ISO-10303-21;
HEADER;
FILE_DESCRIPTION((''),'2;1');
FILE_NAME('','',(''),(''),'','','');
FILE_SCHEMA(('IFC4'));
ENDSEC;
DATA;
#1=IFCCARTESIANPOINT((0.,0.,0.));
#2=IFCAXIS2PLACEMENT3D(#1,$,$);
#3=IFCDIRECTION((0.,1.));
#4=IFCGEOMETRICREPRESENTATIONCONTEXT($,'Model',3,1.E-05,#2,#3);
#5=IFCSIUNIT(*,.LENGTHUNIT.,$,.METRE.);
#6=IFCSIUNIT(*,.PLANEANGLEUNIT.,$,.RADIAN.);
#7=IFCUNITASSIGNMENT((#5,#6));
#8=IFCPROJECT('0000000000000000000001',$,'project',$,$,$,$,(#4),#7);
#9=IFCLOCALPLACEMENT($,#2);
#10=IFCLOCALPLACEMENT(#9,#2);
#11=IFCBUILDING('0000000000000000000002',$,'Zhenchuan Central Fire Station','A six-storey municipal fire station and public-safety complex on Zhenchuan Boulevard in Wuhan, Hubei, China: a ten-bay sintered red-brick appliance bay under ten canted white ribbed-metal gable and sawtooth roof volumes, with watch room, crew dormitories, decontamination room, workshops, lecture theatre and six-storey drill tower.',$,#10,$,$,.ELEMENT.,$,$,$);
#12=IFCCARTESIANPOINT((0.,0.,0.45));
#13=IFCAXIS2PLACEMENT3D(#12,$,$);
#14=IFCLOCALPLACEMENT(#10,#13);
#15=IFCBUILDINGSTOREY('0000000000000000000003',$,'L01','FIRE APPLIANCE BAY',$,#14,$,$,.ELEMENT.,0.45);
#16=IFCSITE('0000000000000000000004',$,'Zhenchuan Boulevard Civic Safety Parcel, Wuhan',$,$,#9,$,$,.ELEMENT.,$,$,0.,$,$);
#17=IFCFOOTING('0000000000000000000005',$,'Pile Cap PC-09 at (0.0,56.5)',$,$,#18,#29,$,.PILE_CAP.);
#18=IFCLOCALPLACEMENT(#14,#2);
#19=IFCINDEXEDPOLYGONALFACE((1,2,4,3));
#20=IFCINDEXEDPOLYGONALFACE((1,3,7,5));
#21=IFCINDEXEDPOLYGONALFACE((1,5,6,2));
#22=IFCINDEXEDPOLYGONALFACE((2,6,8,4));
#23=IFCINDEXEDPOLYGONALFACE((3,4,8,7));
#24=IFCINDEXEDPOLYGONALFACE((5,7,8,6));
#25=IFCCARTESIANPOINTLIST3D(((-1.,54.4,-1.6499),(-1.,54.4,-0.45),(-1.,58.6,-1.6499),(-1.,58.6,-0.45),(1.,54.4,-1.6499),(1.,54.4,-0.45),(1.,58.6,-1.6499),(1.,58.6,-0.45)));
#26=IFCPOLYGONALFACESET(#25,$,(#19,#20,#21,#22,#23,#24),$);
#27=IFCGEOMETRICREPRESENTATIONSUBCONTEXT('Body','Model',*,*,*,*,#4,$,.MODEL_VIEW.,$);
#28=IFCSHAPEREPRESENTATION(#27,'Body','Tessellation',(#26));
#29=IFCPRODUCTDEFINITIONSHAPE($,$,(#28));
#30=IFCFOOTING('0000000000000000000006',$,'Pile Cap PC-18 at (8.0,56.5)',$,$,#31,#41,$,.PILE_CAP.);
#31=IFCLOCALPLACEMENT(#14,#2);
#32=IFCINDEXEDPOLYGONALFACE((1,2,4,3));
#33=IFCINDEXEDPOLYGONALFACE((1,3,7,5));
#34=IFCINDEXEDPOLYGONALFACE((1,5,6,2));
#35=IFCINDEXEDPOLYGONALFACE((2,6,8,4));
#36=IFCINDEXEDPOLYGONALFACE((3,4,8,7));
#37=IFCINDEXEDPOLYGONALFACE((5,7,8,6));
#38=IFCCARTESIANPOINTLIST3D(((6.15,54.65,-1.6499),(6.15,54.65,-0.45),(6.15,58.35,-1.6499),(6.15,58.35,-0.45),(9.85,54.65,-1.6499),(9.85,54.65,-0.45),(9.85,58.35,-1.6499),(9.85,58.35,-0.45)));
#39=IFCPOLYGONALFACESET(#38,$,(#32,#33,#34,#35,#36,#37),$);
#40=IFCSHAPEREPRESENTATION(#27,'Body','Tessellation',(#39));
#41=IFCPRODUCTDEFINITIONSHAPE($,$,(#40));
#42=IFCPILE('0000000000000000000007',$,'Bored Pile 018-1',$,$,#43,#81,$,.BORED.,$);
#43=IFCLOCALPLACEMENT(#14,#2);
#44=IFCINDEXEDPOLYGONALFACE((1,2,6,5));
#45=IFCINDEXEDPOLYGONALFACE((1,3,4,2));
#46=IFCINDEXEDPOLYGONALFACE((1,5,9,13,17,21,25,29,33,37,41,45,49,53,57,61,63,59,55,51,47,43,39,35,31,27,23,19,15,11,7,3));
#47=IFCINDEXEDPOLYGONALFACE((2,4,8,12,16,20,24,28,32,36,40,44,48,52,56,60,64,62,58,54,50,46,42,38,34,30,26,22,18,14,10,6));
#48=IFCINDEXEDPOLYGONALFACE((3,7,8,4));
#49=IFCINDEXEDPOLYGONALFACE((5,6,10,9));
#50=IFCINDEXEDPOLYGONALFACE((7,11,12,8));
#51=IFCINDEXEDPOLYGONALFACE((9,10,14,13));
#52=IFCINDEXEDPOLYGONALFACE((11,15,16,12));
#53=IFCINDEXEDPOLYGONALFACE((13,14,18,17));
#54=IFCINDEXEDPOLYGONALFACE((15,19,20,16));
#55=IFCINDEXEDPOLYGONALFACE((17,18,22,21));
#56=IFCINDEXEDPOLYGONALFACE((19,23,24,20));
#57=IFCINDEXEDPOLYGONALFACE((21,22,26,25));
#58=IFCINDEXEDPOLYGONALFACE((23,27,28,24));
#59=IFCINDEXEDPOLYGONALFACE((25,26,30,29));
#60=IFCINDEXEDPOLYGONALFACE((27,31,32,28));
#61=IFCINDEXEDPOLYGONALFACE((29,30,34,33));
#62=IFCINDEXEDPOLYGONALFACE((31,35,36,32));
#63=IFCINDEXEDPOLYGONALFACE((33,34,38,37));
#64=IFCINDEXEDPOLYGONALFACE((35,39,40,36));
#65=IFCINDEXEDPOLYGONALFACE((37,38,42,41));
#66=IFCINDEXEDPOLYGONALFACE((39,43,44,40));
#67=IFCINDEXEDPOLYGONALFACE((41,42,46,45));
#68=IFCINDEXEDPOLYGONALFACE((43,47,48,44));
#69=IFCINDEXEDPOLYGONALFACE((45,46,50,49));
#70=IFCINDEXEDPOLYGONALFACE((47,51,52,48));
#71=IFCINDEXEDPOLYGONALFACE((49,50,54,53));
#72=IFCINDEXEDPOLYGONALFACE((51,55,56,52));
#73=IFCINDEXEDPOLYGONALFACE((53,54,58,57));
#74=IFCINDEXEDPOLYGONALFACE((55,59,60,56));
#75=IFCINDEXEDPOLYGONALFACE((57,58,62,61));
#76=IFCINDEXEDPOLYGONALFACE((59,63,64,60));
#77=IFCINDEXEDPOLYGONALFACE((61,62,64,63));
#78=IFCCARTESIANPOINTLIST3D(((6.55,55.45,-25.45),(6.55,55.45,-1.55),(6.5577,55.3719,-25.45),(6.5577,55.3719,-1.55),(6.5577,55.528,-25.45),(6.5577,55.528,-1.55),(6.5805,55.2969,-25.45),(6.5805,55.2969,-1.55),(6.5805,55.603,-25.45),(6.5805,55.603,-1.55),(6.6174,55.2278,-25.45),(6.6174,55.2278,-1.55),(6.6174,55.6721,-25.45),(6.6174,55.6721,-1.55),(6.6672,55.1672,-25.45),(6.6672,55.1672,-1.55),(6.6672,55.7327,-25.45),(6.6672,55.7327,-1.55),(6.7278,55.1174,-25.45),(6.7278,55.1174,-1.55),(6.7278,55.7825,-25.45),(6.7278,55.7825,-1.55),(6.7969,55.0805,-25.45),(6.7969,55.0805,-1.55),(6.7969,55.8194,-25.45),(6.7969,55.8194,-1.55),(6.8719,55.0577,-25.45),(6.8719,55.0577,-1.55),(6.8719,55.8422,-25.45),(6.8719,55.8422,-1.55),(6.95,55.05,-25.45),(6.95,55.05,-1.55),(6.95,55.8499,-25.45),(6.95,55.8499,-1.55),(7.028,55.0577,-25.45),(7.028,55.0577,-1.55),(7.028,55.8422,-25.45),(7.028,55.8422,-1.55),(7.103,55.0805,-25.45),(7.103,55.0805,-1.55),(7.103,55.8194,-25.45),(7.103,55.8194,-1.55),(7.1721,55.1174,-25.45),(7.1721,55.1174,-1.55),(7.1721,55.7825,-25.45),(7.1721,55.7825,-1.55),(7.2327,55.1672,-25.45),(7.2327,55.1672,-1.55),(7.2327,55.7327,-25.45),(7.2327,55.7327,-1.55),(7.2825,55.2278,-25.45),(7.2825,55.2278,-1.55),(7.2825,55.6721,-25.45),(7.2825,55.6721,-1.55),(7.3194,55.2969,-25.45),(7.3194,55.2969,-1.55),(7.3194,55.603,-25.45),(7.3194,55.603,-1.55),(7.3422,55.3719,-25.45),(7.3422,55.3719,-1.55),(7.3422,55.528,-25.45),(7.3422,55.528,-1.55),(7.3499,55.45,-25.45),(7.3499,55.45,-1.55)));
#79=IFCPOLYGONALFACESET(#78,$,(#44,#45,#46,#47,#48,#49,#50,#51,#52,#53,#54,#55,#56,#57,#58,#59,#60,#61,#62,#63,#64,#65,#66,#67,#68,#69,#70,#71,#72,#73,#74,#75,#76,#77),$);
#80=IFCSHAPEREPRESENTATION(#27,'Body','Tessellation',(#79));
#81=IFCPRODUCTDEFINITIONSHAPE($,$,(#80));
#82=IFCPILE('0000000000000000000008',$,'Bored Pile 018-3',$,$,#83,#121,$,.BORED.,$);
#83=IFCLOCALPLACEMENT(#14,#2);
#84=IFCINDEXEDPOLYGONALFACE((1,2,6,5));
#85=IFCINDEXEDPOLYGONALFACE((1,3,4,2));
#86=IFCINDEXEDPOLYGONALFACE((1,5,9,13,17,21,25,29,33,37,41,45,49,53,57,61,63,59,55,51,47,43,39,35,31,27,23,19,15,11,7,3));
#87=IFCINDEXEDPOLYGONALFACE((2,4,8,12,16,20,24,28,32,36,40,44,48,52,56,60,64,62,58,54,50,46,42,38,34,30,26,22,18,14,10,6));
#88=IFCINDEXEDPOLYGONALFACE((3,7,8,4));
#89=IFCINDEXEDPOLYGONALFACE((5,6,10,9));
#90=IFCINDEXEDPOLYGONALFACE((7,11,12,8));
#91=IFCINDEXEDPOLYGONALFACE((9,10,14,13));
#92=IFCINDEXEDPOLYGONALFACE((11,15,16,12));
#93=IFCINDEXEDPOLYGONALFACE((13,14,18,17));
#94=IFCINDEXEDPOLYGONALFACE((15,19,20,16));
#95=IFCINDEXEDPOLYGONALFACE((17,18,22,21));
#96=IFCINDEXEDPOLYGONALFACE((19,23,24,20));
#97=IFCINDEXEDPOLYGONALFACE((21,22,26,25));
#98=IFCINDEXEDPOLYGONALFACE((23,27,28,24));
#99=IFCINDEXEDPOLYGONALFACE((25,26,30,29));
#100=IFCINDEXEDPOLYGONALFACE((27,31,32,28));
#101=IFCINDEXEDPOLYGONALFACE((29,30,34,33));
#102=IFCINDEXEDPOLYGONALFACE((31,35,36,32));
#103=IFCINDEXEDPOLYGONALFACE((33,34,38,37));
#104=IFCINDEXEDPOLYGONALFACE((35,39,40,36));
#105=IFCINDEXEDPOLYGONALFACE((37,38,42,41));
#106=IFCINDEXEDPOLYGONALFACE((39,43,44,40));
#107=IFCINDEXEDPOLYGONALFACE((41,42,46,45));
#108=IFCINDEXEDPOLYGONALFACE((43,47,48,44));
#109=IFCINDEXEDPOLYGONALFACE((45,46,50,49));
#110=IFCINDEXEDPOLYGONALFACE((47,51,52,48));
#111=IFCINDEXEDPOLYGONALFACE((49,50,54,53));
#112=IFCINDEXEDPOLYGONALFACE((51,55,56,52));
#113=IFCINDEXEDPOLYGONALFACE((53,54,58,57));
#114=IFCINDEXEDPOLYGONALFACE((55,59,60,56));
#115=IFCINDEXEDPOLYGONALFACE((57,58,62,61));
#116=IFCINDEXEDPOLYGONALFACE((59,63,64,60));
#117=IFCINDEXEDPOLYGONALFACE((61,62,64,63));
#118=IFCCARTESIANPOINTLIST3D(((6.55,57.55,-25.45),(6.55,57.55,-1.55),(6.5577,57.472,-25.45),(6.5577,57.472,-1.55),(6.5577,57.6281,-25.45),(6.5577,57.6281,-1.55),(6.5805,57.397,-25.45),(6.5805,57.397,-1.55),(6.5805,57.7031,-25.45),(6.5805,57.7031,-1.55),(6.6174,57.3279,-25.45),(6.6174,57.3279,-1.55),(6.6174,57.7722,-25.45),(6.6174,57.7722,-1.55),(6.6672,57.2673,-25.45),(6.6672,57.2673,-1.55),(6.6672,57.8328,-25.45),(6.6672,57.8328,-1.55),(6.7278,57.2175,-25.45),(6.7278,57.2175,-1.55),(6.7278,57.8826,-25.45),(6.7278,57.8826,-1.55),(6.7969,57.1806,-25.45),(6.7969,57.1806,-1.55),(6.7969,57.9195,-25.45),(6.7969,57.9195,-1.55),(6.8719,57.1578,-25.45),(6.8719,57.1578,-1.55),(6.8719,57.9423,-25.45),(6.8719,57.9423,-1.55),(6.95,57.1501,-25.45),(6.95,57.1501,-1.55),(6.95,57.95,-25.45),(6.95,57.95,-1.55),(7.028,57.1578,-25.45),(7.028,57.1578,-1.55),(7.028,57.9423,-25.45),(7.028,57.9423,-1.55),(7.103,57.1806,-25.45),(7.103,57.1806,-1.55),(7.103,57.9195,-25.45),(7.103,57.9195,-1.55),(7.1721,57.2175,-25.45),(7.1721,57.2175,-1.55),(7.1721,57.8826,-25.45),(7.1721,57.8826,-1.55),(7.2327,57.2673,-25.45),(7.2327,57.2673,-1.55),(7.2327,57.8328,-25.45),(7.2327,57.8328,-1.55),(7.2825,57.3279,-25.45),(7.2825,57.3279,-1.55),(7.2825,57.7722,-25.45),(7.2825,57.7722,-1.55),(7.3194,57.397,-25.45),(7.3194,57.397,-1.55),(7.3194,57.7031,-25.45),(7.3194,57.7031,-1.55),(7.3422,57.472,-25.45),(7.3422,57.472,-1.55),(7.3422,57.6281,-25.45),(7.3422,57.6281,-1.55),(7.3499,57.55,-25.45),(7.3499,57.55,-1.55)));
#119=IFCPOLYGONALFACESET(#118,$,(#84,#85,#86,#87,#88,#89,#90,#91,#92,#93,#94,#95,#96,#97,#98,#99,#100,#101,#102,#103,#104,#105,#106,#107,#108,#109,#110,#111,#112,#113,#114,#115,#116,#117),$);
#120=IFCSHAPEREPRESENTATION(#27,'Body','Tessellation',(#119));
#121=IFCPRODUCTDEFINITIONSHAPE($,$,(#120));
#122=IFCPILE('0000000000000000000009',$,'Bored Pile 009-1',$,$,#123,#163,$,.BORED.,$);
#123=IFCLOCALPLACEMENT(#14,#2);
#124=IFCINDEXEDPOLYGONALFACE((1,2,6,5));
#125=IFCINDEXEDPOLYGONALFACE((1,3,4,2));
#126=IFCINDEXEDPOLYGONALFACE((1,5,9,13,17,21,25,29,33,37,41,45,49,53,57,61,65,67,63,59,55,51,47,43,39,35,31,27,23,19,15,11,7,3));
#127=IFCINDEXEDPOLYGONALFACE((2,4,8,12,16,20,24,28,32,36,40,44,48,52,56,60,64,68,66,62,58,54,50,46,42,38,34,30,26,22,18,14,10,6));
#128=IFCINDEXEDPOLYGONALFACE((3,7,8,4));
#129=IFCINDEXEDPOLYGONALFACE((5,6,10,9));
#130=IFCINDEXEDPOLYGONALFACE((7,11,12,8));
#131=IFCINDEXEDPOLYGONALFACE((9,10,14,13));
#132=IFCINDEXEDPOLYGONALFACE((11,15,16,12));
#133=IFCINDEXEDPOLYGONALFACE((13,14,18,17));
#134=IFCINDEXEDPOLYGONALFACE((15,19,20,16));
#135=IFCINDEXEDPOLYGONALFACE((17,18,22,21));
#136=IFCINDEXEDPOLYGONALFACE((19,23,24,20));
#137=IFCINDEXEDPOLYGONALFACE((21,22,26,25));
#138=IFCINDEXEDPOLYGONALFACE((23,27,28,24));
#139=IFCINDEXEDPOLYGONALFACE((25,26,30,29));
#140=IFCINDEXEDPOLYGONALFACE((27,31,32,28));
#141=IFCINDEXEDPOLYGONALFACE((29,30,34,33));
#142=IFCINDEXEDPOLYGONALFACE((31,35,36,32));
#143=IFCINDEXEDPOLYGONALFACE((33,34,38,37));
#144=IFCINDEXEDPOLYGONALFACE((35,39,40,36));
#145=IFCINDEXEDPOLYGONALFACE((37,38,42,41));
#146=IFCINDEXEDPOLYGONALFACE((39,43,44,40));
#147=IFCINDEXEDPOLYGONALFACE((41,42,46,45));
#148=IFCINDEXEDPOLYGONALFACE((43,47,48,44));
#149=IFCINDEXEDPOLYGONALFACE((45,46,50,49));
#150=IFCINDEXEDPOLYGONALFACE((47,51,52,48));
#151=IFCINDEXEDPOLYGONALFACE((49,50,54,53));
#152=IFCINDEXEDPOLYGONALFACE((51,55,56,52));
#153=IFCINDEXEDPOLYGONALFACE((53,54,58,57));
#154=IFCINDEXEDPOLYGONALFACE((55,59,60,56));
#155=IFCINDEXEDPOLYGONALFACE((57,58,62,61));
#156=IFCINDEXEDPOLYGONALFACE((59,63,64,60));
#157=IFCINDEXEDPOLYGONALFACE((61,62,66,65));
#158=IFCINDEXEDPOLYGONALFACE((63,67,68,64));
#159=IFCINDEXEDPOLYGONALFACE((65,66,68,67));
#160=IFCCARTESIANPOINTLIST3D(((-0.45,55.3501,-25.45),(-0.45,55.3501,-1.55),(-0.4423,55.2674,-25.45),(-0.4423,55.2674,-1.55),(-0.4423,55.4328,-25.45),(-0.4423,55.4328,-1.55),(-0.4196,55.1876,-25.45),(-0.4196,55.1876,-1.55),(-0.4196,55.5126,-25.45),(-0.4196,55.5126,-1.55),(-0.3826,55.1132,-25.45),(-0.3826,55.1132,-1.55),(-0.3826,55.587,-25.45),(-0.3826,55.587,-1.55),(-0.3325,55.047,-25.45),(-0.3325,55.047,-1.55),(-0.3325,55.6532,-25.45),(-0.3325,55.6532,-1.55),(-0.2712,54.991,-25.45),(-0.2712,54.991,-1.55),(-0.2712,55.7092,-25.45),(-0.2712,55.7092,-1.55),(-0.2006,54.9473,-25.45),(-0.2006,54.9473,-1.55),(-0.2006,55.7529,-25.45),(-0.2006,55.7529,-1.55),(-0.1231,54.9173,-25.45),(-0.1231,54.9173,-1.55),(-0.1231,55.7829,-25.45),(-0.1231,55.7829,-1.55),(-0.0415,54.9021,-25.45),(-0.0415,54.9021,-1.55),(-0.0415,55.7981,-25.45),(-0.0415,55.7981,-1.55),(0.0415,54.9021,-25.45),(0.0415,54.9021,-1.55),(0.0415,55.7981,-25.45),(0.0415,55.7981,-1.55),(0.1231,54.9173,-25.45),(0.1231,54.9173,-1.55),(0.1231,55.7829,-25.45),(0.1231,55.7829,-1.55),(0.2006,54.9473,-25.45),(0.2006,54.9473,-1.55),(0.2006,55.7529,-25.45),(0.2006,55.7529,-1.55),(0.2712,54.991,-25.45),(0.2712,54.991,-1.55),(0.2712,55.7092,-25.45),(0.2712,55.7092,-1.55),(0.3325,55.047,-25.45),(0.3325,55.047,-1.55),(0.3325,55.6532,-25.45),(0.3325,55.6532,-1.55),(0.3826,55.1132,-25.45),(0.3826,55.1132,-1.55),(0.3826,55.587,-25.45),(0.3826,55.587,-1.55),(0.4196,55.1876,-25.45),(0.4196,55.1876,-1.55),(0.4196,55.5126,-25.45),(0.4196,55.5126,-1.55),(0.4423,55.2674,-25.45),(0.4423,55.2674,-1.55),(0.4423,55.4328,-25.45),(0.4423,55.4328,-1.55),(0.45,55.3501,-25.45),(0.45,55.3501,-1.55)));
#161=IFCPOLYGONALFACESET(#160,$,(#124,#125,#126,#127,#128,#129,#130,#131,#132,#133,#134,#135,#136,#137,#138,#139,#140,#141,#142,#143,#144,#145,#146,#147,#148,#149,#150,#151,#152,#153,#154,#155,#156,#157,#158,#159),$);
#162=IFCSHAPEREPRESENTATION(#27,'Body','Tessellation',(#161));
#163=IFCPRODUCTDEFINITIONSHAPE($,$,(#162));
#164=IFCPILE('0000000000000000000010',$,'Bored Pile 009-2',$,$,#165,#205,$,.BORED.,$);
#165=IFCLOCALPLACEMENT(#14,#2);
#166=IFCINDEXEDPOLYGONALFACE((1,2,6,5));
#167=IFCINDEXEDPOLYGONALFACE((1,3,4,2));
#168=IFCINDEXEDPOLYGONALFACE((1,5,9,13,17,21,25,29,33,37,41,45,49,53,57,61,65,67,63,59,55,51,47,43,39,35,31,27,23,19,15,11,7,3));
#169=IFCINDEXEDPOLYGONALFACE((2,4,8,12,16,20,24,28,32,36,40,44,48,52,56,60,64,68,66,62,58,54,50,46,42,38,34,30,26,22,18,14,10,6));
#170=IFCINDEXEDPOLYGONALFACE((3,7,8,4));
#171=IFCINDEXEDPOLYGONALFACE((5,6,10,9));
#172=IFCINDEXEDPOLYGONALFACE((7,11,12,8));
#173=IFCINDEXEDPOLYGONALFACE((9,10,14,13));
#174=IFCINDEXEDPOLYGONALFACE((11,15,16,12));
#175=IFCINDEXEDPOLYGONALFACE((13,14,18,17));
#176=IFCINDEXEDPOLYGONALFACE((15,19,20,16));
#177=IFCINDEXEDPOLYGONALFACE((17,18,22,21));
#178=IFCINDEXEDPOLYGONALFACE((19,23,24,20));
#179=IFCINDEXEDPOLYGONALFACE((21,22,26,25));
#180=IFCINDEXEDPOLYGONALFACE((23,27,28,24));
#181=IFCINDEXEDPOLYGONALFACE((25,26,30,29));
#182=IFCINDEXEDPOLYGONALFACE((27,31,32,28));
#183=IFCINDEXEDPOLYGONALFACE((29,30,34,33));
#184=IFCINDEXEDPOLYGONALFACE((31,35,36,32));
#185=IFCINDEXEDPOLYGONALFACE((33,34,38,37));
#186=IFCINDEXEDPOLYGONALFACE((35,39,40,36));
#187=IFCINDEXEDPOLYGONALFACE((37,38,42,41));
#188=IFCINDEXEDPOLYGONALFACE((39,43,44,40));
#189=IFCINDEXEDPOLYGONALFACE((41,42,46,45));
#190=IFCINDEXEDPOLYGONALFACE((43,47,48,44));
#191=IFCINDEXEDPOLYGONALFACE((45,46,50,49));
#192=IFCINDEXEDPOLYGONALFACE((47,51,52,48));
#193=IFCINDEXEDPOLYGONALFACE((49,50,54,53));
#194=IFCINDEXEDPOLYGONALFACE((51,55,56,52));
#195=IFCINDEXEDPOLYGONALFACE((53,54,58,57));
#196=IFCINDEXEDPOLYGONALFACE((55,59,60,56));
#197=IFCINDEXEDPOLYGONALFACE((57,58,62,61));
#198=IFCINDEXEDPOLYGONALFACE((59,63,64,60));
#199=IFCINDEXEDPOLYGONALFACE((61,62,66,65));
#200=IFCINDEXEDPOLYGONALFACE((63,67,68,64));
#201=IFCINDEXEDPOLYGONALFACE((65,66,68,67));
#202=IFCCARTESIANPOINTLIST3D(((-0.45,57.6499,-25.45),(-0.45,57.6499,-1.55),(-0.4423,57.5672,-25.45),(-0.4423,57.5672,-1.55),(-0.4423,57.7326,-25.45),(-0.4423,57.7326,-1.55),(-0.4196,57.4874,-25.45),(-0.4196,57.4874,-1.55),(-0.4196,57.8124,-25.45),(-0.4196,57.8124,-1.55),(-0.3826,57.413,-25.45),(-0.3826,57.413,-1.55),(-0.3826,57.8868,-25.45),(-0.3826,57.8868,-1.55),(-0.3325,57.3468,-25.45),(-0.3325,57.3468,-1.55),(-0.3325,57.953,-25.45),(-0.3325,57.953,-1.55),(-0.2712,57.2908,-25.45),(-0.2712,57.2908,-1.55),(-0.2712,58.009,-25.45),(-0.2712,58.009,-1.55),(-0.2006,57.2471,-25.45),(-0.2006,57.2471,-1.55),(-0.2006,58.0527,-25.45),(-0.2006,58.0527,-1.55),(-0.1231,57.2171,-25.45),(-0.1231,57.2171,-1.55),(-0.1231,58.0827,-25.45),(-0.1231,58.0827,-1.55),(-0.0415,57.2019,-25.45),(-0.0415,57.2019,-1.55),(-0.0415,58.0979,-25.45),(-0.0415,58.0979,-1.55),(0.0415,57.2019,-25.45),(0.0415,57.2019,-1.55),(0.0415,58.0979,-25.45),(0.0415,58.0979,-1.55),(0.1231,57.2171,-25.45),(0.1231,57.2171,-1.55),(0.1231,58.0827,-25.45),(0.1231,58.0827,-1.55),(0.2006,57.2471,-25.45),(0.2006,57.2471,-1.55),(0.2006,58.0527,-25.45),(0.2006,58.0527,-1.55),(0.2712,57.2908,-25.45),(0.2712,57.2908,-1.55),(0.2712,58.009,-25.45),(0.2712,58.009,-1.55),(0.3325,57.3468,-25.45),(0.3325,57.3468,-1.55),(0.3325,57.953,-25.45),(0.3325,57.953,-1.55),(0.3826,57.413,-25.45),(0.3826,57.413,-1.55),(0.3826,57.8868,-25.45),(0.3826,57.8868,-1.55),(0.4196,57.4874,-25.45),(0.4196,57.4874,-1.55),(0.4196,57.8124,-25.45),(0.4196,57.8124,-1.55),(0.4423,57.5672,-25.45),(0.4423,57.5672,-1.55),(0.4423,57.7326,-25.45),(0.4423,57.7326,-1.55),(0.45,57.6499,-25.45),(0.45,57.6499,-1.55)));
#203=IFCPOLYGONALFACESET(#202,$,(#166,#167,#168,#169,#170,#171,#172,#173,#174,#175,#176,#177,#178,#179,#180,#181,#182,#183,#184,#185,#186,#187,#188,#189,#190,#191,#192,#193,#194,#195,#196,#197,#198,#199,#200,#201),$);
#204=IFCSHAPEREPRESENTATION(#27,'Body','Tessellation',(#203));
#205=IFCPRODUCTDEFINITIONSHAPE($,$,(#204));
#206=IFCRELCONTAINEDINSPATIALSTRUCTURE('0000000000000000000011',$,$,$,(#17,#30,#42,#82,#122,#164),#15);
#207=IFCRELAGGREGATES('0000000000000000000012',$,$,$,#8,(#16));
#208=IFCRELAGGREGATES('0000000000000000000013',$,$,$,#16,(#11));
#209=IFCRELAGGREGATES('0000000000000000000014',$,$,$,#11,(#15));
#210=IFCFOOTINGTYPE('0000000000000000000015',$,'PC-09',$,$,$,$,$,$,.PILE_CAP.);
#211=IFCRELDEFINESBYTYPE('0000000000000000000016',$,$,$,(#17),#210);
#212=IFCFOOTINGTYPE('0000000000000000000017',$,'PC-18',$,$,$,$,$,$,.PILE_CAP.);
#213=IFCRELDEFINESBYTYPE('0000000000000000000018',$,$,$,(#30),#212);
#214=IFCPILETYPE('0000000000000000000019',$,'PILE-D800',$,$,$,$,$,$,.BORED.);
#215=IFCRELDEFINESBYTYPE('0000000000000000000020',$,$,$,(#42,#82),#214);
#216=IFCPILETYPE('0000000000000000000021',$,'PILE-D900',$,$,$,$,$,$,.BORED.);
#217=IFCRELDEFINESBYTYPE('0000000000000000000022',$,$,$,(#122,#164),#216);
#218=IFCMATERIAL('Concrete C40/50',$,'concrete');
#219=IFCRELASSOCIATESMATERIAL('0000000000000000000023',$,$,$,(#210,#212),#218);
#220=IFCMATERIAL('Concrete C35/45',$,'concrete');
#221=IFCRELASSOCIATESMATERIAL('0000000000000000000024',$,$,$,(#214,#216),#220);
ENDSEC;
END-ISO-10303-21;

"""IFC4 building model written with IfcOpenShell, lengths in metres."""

from ifc_helpers import new_model, si_unit, direction, frame, origin, origin_2d, place, context, subcontext, project, spatial, rectangle, circle, extrude, material, material_profile, profile_set, type_object, element, save


model = new_model("IFC4")

# Units and contexts
model_context = context("Model", 3, precision=1e-05, world=origin(), true_north=direction((0.0, 1.0)))
body_context = subcontext(model_context, "Body", "Model", "MODEL_VIEW")
ifc_project = project(units=[si_unit("LENGTHUNIT", "METRE"), si_unit("PLANEANGLEUNIT", "RADIAN")], contexts=[model_context])

# Site, building, storey
site_placement = place(None, origin())
site = spatial("IfcSite", under=ifc_project, at=site_placement, Name="Zhenchuan Boulevard Civic Safety Parcel, Wuhan", CompositionType="ELEMENT", RefElevation=0.0)
building_placement = place(site_placement, origin())
building = spatial("IfcBuilding", under=site, at=building_placement, Name="Zhenchuan Central Fire Station", Description="A six-storey municipal fire station and public-safety complex on Zhenchuan Boulevard in Wuhan, Hubei, China: a ten-bay sintered red-brick appliance bay under ten canted white ribbed-metal gable and sawtooth roof volumes, with watch room, crew dormitories, decontamination room, workshops, lecture theatre and six-storey drill tower.", CompositionType="ELEMENT")
storey_placement = place(building_placement, frame((0.0, 0.0, 0.45)))
storey = spatial("IfcBuildingStorey", under=building, at=storey_placement, Name="L01", Description="FIRE APPLIANCE BAY", CompositionType="ELEMENT", Elevation=0.45)

# Footings
ifc_material_1 = material(Name="Concrete C40/50", Category="concrete")
footing_type_1 = type_object("IfcFootingType", Name="PC-09", PredefinedType="PILE_CAP", material=ifc_material_1)
footing_1_placement = place(storey_placement, frame((0.0, 56.5, -1.6499), z_axis=(0.0, 0.0, 1.0), x_axis=(1.0, 0.0, 0.0)))
element("IfcFooting", 1, at=footing_1_placement, inside=storey, type_object=footing_type_1, Name="Pile Cap PC-09 at (0.0,56.5)", PredefinedType="PILE_CAP", context=body_context, shape_type="SweptSolid", body=[
    extrude(rectangle(XDim=2.0, YDim=4.2, at=origin_2d()), origin(), (0.0, 0.0, 1.0), 1.2),
])
footing_type_2 = type_object("IfcFootingType", Name="PC-18", PredefinedType="PILE_CAP", material=ifc_material_1)
footing_2_placement = place(storey_placement, frame((8.0, 56.5, -1.6499), z_axis=(0.0, 0.0, 1.0), x_axis=(1.0, 0.0, 0.0)))
element("IfcFooting", 2, at=footing_2_placement, inside=storey, type_object=footing_type_2, Name="Pile Cap PC-18 at (8.0,56.5)", PredefinedType="PILE_CAP", context=body_context, shape_type="SweptSolid", body=[
    extrude(rectangle(XDim=3.7, YDim=3.7, at=origin_2d()), origin(), (0.0, 0.0, 1.0), 1.2),
])

# Piles
ifc_material_2 = material(Name="Concrete C35/45", Category="concrete")
ifc_material_profile_1 = material_profile(ifc_material_2, circle(Radius=0.3999, at=origin_2d()), Name="PILE D800")
ifc_profile_set_1 = profile_set([ifc_material_profile_1], Name="Concrete C35/45")
pile_type_1 = type_object("IfcPileType", Name="PILE-D800", PredefinedType="BORED", material=ifc_profile_set_1)
for number, where, z_axis, x_axis, name in (
    (3, (6.95, 55.45, -1.55), (0.0, 0.0, -1.0), (1.0, 0.0, 0.0), "Bored Pile 018-1"),
    (4, (6.95, 57.55, -1.55), (0.0, 0.0, -1.0), (1.0, 0.0, 0.0), "Bored Pile 018-3"),
):
    element("IfcPile", number, at=place(storey_placement, frame(where, z_axis=z_axis, x_axis=x_axis)), inside=storey, type_object=pile_type_1, Name=name, PredefinedType="BORED", context=body_context, shape_type="SweptSolid", body=[
        extrude(circle(Radius=0.3999, at=origin_2d()), origin(), (0.0, 0.0, 1.0), 23.8999),
    ])
ifc_material_profile_2 = material_profile(ifc_material_2, circle(Radius=0.45, at=origin_2d()), Name="PILE D900")
ifc_profile_set_2 = profile_set([ifc_material_profile_2], Name="Concrete C35/45")
pile_type_2 = type_object("IfcPileType", Name="PILE-D900", PredefinedType="BORED", material=ifc_profile_set_2)
for number, where, z_axis, x_axis, name in (
    (5, (0.0, 55.3501, -1.55), (0.0, 0.0, -1.0), (1.0, 0.0, 0.0), "Bored Pile 009-1"),
    (6, (0.0, 57.6499, -1.55), (0.0, 0.0, -1.0), (1.0, 0.0, 0.0), "Bored Pile 009-2"),
):
    element("IfcPile", number, at=place(storey_placement, frame(where, z_axis=z_axis, x_axis=x_axis)), inside=storey, type_object=pile_type_2, Name=name, PredefinedType="BORED", context=body_context, shape_type="SweptSolid", body=[
        extrude(circle(Radius=0.45, at=origin_2d()), origin(), (0.0, 0.0, 1.0), 23.8999),
    ])

save(model, "model.ifc")
